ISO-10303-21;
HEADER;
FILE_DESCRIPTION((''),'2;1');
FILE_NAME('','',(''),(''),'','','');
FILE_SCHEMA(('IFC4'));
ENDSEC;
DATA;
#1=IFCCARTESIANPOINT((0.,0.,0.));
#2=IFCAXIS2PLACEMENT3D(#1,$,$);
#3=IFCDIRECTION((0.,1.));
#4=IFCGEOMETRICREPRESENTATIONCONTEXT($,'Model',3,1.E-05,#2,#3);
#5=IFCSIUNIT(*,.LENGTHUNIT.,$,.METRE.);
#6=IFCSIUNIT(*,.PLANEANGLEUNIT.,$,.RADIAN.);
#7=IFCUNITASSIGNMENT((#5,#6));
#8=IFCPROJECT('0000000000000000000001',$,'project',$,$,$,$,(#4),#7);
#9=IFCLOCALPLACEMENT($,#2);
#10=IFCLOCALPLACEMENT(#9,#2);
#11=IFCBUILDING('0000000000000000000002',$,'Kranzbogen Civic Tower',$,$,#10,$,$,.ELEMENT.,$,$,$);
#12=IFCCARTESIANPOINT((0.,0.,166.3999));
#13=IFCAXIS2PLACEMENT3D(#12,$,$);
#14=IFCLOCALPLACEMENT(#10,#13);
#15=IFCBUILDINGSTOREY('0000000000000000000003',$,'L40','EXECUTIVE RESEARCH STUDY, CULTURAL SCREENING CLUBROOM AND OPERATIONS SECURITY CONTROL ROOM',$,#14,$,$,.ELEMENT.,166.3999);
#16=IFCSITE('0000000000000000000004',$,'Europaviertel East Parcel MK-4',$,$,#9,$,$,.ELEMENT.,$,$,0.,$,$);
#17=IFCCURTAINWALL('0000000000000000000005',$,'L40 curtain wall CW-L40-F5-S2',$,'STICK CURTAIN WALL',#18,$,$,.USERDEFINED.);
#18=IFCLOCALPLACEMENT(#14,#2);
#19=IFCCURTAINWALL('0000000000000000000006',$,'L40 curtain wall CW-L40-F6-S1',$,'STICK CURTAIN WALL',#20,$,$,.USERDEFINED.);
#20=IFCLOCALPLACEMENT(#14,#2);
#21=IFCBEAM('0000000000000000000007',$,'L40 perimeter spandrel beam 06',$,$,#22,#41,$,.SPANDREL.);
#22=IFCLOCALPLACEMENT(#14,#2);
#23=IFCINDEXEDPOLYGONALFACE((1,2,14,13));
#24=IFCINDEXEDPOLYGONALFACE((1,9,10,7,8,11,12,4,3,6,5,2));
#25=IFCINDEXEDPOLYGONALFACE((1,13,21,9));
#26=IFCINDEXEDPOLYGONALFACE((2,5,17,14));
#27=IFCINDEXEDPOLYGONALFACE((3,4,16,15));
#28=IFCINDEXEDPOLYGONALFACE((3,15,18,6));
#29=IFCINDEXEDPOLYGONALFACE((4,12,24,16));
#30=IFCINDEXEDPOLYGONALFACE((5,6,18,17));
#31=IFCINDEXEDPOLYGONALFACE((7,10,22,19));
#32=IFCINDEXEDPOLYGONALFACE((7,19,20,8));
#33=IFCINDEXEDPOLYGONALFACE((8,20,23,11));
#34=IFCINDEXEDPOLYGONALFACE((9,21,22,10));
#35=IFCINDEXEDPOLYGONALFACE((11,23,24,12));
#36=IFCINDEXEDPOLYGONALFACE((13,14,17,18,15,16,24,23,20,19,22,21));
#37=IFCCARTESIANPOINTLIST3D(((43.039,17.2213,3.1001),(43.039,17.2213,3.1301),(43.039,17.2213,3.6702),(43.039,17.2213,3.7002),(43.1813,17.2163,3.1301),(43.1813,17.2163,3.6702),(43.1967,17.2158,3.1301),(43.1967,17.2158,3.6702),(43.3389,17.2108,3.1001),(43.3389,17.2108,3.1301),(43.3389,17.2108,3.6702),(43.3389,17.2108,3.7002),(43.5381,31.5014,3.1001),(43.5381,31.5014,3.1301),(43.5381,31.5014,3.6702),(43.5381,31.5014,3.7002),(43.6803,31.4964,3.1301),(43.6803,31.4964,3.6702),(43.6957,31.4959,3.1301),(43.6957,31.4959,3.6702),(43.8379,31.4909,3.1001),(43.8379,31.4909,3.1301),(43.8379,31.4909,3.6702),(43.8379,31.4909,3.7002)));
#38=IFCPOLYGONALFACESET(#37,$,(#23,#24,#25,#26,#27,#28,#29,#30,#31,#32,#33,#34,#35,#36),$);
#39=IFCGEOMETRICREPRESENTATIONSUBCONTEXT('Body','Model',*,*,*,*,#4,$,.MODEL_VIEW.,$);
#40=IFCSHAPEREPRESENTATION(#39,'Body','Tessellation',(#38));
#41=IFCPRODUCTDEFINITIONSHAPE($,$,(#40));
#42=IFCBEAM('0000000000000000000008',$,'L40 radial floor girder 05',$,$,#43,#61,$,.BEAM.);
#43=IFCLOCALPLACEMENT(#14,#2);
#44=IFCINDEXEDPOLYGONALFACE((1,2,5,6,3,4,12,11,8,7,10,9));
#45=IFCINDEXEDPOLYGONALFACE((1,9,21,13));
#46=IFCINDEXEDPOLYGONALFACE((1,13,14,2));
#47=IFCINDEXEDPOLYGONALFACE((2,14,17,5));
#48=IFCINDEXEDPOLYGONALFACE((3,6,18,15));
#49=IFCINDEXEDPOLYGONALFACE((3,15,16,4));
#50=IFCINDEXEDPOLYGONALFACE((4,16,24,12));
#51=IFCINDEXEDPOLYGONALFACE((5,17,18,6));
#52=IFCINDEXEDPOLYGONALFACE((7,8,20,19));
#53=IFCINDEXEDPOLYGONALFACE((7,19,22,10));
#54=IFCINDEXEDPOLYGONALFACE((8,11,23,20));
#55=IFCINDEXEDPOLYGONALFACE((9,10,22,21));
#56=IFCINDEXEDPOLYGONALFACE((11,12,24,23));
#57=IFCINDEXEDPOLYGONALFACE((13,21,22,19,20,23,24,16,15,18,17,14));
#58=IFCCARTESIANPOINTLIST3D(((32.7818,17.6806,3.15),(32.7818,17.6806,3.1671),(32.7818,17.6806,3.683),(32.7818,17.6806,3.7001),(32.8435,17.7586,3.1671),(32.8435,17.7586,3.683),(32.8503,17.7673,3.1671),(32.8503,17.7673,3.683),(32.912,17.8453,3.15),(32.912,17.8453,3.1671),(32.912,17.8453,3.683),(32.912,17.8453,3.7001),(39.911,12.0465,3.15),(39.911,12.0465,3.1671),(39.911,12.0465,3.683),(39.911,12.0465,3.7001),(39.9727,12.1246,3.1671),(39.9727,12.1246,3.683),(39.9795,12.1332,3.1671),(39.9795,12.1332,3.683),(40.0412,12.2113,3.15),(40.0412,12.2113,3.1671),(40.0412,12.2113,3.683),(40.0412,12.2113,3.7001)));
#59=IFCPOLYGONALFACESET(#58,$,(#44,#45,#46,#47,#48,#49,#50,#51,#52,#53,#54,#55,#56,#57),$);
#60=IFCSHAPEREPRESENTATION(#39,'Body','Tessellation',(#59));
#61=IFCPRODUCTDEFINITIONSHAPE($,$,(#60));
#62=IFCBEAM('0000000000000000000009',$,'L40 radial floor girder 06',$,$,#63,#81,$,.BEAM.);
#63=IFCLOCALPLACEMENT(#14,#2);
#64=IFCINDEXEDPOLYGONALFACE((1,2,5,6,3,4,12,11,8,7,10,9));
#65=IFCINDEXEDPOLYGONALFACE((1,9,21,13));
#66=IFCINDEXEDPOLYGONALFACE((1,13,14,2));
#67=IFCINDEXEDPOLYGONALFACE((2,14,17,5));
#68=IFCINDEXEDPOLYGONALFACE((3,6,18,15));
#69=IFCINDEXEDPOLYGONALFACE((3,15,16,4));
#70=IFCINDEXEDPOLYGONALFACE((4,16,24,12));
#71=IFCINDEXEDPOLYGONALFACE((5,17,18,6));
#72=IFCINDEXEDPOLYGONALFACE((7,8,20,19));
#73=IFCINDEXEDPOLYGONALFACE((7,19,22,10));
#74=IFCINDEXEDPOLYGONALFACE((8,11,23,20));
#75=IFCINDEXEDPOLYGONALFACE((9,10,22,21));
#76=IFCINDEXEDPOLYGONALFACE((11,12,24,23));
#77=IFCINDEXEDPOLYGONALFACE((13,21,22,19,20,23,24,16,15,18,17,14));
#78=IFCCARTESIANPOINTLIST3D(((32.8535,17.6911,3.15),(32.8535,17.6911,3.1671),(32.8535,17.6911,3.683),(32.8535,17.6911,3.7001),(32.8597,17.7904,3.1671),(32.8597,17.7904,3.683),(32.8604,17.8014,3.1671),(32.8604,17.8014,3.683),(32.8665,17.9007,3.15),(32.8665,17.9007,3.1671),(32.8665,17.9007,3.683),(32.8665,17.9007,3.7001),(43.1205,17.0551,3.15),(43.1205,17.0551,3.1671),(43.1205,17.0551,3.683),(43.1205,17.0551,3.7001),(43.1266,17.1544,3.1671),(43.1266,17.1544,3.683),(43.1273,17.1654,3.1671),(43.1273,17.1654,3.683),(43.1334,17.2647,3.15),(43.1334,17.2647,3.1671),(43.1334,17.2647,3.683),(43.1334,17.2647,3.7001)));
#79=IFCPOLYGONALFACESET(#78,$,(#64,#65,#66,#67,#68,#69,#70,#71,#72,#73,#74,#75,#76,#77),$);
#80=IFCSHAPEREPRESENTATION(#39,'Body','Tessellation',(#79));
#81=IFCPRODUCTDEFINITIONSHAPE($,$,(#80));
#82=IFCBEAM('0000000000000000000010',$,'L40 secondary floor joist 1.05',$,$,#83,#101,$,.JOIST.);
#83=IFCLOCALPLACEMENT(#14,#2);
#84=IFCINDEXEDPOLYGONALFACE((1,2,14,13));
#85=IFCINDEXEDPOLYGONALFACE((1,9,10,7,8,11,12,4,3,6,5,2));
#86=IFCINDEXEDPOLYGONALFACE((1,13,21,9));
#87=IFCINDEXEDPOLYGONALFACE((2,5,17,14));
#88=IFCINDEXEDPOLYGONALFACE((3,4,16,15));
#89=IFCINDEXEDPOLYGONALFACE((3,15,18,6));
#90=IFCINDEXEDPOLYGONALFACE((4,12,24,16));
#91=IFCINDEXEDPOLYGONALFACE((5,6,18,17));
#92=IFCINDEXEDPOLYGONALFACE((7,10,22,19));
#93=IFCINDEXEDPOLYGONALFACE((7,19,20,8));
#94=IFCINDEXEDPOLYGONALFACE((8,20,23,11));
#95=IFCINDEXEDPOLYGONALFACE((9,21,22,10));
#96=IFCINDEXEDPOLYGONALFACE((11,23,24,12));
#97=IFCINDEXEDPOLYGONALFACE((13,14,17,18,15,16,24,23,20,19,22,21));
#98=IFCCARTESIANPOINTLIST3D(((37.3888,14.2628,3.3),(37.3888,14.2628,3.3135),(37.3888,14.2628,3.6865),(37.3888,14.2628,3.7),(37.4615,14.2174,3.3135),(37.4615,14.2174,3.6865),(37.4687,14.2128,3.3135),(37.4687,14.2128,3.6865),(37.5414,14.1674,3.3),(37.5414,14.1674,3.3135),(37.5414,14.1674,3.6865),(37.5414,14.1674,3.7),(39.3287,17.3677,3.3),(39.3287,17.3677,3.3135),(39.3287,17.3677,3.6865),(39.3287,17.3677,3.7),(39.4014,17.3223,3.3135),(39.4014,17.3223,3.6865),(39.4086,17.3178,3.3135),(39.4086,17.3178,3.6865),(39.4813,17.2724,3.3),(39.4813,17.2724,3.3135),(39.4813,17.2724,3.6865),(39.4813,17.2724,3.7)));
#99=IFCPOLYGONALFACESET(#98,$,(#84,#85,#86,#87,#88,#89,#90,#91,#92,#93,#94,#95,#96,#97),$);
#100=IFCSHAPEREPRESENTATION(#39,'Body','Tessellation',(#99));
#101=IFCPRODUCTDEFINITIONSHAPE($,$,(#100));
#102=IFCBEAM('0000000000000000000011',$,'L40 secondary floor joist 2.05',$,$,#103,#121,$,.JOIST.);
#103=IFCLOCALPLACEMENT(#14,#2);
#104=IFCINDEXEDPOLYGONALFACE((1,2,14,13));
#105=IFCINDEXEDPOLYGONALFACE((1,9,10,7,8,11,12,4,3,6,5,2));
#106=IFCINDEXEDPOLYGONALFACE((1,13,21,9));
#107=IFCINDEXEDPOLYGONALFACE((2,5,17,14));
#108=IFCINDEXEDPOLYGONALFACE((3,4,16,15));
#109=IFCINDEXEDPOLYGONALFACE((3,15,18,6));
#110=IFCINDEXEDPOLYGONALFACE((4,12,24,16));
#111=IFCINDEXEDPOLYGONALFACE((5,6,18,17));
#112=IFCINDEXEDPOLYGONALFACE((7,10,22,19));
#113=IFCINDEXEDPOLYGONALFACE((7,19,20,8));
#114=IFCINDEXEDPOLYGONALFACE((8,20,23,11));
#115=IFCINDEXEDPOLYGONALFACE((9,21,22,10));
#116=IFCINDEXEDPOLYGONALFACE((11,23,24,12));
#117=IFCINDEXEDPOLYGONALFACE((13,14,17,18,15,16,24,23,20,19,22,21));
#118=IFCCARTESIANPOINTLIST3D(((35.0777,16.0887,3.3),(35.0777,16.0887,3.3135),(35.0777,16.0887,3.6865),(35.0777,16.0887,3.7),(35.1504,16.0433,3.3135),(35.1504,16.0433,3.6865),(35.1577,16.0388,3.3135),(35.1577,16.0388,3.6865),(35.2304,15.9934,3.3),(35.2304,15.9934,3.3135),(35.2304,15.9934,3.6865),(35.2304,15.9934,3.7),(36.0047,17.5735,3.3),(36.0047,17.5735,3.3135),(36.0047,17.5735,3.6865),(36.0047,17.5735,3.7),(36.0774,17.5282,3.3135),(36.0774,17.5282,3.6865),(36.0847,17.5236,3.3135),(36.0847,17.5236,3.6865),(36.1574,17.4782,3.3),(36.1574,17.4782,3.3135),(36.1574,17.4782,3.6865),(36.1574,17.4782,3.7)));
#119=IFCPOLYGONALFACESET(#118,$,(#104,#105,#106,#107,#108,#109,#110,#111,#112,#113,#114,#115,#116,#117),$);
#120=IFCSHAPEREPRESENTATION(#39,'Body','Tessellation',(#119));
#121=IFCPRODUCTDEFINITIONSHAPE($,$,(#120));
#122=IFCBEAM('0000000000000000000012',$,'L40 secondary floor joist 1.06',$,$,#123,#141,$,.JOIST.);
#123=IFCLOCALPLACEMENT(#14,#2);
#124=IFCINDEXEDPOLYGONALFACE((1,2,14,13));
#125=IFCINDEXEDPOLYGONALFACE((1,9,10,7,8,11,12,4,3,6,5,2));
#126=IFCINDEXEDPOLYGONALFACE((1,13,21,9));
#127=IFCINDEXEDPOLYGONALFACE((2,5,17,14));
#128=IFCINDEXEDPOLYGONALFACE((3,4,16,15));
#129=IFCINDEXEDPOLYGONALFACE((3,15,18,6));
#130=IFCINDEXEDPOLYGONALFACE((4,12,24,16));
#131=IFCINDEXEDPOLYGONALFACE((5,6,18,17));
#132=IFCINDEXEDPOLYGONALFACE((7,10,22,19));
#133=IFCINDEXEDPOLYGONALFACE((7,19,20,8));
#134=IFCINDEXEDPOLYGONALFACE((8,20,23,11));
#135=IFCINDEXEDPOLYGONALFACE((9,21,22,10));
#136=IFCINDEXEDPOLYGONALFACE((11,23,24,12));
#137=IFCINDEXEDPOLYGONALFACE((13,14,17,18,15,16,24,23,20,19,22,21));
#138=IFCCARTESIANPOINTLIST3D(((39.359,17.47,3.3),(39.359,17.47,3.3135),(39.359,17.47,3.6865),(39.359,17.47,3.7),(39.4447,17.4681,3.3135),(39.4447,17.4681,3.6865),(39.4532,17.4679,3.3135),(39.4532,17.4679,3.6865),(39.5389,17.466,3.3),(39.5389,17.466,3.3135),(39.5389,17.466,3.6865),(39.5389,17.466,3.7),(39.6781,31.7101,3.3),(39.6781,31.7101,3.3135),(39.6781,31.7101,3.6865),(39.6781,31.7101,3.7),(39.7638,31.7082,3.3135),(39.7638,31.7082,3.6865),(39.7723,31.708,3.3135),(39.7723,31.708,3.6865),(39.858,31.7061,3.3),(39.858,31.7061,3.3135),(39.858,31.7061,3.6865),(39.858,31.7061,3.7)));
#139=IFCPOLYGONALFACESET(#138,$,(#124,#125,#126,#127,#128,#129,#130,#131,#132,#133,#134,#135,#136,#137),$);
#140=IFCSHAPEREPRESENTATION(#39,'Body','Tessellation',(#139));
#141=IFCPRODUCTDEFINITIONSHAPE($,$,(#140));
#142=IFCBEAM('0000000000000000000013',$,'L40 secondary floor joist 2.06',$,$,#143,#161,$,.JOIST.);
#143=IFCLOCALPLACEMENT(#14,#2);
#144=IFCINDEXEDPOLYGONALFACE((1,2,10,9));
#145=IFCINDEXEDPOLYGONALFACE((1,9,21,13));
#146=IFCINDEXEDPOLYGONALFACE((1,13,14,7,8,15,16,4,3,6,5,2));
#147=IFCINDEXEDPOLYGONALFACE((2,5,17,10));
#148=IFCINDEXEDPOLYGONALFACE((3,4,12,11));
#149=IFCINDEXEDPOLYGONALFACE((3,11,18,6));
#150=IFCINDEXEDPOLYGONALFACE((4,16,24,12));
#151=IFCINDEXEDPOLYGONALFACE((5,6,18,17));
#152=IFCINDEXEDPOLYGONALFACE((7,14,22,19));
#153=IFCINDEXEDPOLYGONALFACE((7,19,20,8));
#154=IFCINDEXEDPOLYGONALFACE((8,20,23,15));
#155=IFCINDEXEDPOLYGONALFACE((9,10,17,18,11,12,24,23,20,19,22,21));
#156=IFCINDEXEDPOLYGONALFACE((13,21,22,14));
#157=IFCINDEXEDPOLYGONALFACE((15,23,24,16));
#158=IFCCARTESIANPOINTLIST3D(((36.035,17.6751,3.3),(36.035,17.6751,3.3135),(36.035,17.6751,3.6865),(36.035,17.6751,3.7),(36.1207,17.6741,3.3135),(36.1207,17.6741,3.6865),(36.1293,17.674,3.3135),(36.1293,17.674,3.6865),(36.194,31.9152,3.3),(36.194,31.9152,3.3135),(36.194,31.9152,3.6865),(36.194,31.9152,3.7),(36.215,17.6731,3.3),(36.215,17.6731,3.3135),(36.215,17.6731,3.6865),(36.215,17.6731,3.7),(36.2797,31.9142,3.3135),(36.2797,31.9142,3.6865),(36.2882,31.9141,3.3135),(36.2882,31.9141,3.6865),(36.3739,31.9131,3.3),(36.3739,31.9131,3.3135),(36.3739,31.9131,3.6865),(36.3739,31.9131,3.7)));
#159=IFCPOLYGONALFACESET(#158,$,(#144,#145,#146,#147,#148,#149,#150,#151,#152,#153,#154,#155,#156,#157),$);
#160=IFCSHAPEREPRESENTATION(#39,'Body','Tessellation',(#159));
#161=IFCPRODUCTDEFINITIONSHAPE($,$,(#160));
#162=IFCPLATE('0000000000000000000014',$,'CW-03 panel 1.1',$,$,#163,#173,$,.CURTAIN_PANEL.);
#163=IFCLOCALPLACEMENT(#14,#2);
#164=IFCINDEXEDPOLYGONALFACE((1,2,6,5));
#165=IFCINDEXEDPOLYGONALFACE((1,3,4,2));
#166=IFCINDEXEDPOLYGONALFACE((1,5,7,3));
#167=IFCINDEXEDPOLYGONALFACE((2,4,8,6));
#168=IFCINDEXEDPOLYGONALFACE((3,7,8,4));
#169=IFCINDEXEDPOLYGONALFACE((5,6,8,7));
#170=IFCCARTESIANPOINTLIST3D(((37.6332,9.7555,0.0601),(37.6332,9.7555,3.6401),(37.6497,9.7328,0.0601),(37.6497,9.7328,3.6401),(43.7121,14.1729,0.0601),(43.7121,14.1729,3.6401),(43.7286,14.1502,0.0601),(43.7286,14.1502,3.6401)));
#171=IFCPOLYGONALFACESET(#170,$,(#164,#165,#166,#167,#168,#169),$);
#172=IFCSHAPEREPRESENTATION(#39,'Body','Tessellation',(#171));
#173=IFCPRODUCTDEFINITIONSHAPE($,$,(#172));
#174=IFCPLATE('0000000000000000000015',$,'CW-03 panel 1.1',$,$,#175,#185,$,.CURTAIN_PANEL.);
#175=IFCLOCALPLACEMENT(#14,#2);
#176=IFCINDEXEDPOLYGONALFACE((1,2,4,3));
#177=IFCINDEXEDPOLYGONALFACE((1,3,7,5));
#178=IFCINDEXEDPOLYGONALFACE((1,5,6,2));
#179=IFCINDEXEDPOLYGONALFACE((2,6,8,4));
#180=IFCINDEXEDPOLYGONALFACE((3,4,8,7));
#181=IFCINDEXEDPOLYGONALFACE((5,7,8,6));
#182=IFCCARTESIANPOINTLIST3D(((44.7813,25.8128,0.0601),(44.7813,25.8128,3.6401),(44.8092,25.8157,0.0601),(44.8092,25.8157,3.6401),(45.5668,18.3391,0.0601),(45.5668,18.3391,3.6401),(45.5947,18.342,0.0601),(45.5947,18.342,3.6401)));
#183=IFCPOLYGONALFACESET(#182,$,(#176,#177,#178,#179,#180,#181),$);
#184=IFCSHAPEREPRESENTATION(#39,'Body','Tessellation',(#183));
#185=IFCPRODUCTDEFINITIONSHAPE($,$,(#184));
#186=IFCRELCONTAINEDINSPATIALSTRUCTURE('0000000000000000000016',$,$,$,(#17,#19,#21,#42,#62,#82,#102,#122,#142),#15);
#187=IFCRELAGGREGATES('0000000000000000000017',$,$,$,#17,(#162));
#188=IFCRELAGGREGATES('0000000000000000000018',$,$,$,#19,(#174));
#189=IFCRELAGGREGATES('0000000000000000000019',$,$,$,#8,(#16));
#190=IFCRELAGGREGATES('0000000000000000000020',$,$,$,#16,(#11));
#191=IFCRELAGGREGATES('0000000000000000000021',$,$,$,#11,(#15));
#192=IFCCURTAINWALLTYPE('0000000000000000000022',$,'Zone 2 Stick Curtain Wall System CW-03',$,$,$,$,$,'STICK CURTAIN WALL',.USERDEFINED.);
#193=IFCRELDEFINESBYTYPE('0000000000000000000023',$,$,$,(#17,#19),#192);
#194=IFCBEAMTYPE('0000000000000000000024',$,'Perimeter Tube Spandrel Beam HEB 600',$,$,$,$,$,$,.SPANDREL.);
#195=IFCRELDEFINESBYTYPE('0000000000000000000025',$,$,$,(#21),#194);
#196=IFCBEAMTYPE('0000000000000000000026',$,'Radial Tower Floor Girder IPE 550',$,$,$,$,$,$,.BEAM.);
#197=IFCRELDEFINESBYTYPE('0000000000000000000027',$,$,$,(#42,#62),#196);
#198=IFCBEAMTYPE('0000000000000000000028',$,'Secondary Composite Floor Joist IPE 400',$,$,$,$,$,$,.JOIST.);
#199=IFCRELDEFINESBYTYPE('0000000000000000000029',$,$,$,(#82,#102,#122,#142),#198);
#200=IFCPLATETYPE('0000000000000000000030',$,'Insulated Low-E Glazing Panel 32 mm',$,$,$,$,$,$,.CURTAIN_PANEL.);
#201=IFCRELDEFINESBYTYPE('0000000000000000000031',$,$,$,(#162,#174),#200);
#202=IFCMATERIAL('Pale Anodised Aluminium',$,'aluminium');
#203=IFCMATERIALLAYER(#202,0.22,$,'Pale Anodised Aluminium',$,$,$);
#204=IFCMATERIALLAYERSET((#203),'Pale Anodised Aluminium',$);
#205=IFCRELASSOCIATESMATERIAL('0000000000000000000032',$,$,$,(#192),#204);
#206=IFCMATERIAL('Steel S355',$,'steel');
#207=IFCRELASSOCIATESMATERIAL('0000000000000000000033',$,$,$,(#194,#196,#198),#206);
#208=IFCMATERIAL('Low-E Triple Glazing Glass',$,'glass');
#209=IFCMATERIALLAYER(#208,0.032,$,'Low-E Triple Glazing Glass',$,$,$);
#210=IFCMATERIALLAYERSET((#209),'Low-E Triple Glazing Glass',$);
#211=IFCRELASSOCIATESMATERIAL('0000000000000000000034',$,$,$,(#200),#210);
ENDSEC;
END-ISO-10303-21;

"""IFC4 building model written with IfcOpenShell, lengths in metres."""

from ifc_helpers import new_model, si_unit, direction, frame, origin, origin_2d, place, context, subcontext, project, spatial, rectangle, i_section, extrude, material, layer, layer_set, material_profile, profile_set, type_object, element, aggregate, save


model = new_model("IFC4")

# Units and contexts
model_context = context("Model", 3, precision=1e-05, world=origin(), true_north=direction((0.0, 1.0)))
body_context = subcontext(model_context, "Body", "Model", "MODEL_VIEW")
ifc_project = project(units=[si_unit("LENGTHUNIT", "METRE"), si_unit("PLANEANGLEUNIT", "RADIAN")], contexts=[model_context])

# Site, building, storey
site_placement = place(None, origin())
site = spatial("IfcSite", under=ifc_project, at=site_placement, Name="Europaviertel East Parcel MK-4", CompositionType="ELEMENT", RefElevation=0.0)
building_placement = place(site_placement, origin())
building = spatial("IfcBuilding", under=site, at=building_placement, Name="Kranzbogen Civic Tower", CompositionType="ELEMENT")
storey_placement = place(building_placement, frame((0.0, 0.0, 166.3999)))
storey = spatial("IfcBuildingStorey", under=building, at=storey_placement, Name="L40", Description="EXECUTIVE RESEARCH STUDY, CULTURAL SCREENING CLUBROOM AND OPERATIONS SECURITY CONTROL ROOM", CompositionType="ELEMENT", Elevation=166.3999)

# Shared definitions
ifc_material_1 = material(Name="Steel S355", Category="steel")

# Shared definitions
ifc_material_2 = material(Name="Pale Anodised Aluminium", Category="aluminium")
ifc_layer_1 = layer(ifc_material_2, 0.22, Name="Pale Anodised Aluminium")
ifc_layer_set_1 = layer_set([ifc_layer_1], Name="Pale Anodised Aluminium")
curtain_wall_type = type_object("IfcCurtainWallType", Name="Zone 2 Stick Curtain Wall System CW-03", ElementType="STICK CURTAIN WALL", PredefinedType="USERDEFINED", material=ifc_layer_set_1)

# Curtain wall
curtain_wall_1_placement = place(storey_placement, origin())
curtain_wall_1 = element("IfcCurtainWall", 1, at=curtain_wall_1_placement, inside=storey, type_object=curtain_wall_type, Name="L40 curtain wall CW-L40-F5-S2", ObjectType="STICK CURTAIN WALL", PredefinedType="USERDEFINED")

# Curtain wall
curtain_wall_2_placement = place(storey_placement, origin())
curtain_wall_2 = element("IfcCurtainWall", 2, at=curtain_wall_2_placement, inside=storey, type_object=curtain_wall_type, Name="L40 curtain wall CW-L40-F6-S1", ObjectType="STICK CURTAIN WALL", PredefinedType="USERDEFINED")

# Beams
ifc_material_profile_1 = material_profile(ifc_material_1, i_section(OverallWidth=0.3, OverallDepth=0.6001, WebThickness=0.0154, FlangeThickness=0.03, at=origin_2d()), Name="HEB 600")
ifc_profile_set_1 = profile_set([ifc_material_profile_1], Name="Steel S355")
beam_type_1 = type_object("IfcBeamType", Name="Perimeter Tube Spandrel Beam HEB 600", PredefinedType="SPANDREL", material=ifc_profile_set_1)
beam_1_placement = place(storey_placement, frame((43.189, 17.2161, 3.4001), z_axis=(0.034924, 0.99939, 0.0), x_axis=(-0.99939, 0.034924, 0.0)))
element("IfcBeam", 3, at=beam_1_placement, inside=storey, type_object=beam_type_1, Name="L40 perimeter spandrel beam 06", PredefinedType="SPANDREL", context=body_context, shape_type="SweptSolid", body=[
    extrude(i_section(OverallWidth=0.3, OverallDepth=0.6001, WebThickness=0.0154, FlangeThickness=0.03, at=origin_2d()), origin(), (0.0, 0.0, 1.0), 14.2888),
])
ifc_material_profile_2 = material_profile(ifc_material_1, i_section(OverallWidth=0.21, OverallDepth=0.55, WebThickness=0.011, FlangeThickness=0.0171, at=origin_2d()), Name="IPE 550")
ifc_profile_set_2 = profile_set([ifc_material_profile_2], Name="Steel S355")
beam_type_2 = type_object("IfcBeamType", Name="Radial Tower Floor Girder IPE 550", PredefinedType="BEAM", material=ifc_profile_set_2)
beam_2_placement = place(storey_placement, frame((39.9761, 12.1289, 3.425), z_axis=(-0.784575, 0.620034, 0.0), x_axis=(-0.620034, -0.784575, 0.0)))
element("IfcBeam", 4, at=beam_2_placement, inside=storey, type_object=beam_type_2, Name="L40 radial floor girder 05", PredefinedType="BEAM", context=body_context, shape_type="SweptSolid", body=[
    extrude(i_section(OverallWidth=0.21, OverallDepth=0.55, WebThickness=0.011, FlangeThickness=0.0171, at=origin_2d()), origin(), (0.0, 0.0, 1.0), 9.0867),
])
beam_3_placement = place(storey_placement, frame((43.127, 17.1599, 3.425), z_axis=(-0.998087, 0.061827, 0.0), x_axis=(-0.061827, -0.998087, 0.0)))
element("IfcBeam", 5, at=beam_3_placement, inside=storey, type_object=beam_type_2, Name="L40 radial floor girder 06", PredefinedType="BEAM", context=body_context, shape_type="SweptSolid", body=[
    extrude(i_section(OverallWidth=0.21, OverallDepth=0.55, WebThickness=0.011, FlangeThickness=0.0171, at=origin_2d()), origin(), (0.0, 0.0, 1.0), 10.2866),
])
ifc_material_profile_3 = material_profile(ifc_material_1, i_section(OverallWidth=0.1799, OverallDepth=0.3999, WebThickness=0.0085, FlangeThickness=0.0134, at=origin_2d()), Name="IPE 400")
ifc_profile_set_3 = profile_set([ifc_material_profile_3], Name="Steel S355")
beam_type_3 = type_object("IfcBeamType", Name="Secondary Composite Floor Joist IPE 400", PredefinedType="JOIST", material=ifc_profile_set_3)
beam_4_placement = place(storey_placement, frame((37.4651, 14.2151, 3.5), z_axis=(0.529867, 0.848081, 0.0), x_axis=(-0.848081, 0.529867, 0.0)))
element("IfcBeam", 6, at=beam_4_placement, inside=storey, type_object=beam_type_3, Name="L40 secondary floor joist 1.05", PredefinedType="JOIST", context=body_context, shape_type="SweptSolid", body=[
    extrude(i_section(OverallWidth=0.1799, OverallDepth=0.3999, WebThickness=0.0085, FlangeThickness=0.0134, at=origin_2d()), origin(), (0.0, 0.0, 1.0), 3.6611),
])
beam_5_placement = place(storey_placement, frame((35.1541, 16.041, 3.5), z_axis=(0.529573, 0.848265, 0.0), x_axis=(-0.848265, 0.529573, 0.0)))
element("IfcBeam", 7, at=beam_5_placement, inside=storey, type_object=beam_type_3, Name="L40 secondary floor joist 2.05", PredefinedType="JOIST", context=body_context, shape_type="SweptSolid", body=[
    extrude(i_section(OverallWidth=0.1799, OverallDepth=0.3999, WebThickness=0.0085, FlangeThickness=0.0134, at=origin_2d()), origin(), (0.0, 0.0, 1.0), 1.7505),
])
beam_6_placement = place(storey_placement, frame((39.449, 17.468, 3.5), z_axis=(0.022403, 0.999749, 0.0), x_axis=(-0.999749, 0.022403, 0.0)))
element("IfcBeam", 8, at=beam_6_placement, inside=storey, type_object=beam_type_3, Name="L40 secondary floor joist 1.06", PredefinedType="JOIST", context=body_context, shape_type="SweptSolid", body=[
    extrude(i_section(OverallWidth=0.1799, OverallDepth=0.3999, WebThickness=0.0085, FlangeThickness=0.0134, at=origin_2d()), origin(), (0.0, 0.0, 1.0), 14.2437),
])
beam_7_placement = place(storey_placement, frame((36.125, 17.6741, 3.5), z_axis=(0.011161, 0.999938, 0.0), x_axis=(-0.999938, 0.011161, 0.0)))
element("IfcBeam", 9, at=beam_7_placement, inside=storey, type_object=beam_type_3, Name="L40 secondary floor joist 2.06", PredefinedType="JOIST", context=body_context, shape_type="SweptSolid", body=[
    extrude(i_section(OverallWidth=0.1799, OverallDepth=0.3999, WebThickness=0.0085, FlangeThickness=0.0134, at=origin_2d()), origin(), (0.0, 0.0, 1.0), 14.241),
])

# Plates
ifc_material_3 = material(Name="Low-E Triple Glazing Glass", Category="glass")
ifc_layer_2 = layer(ifc_material_3, 0.032, Name="Low-E Triple Glazing Glass")
ifc_layer_set_2 = layer_set([ifc_layer_2], Name="Low-E Triple Glazing Glass")
plate_type = type_object("IfcPlateType", Name="Insulated Low-E Glazing Panel 32 mm", PredefinedType="CURTAIN_PANEL", material=ifc_layer_set_2)
plate_1_placement = place(storey_placement, frame((40.6809, 11.9529, 0.0601), z_axis=(0.0, 0.0, 1.0), x_axis=(0.808963, 0.58786, 0.0)))
plate_1 = element("IfcPlate", 10, at=plate_1_placement, type_object=plate_type, Name="CW-03 panel 1.1", PredefinedType="CURTAIN_PANEL", context=body_context, shape_type="SweptSolid", body=[
    extrude(rectangle(XDim=7.5144, YDim=0.0281, at=origin_2d()), origin(), (0.0, 0.0, 1.0), 3.5801),
])
aggregate(curtain_wall_1, [plate_1])
plate_2_placement = place(storey_placement, frame((45.188, 22.0774, 0.0601), z_axis=(0.0, 0.0, 1.0), x_axis=(-0.104521, 0.994523, 0.0)))
plate_2 = element("IfcPlate", 11, at=plate_2_placement, type_object=plate_type, Name="CW-03 panel 1.1", PredefinedType="CURTAIN_PANEL", context=body_context, shape_type="SweptSolid", body=[
    extrude(rectangle(XDim=7.5149, YDim=0.0281, at=origin_2d()), origin(), (0.0, 0.0, 1.0), 3.5801),
])
aggregate(curtain_wall_2, [plate_2])

save(model, "model.ifc")
